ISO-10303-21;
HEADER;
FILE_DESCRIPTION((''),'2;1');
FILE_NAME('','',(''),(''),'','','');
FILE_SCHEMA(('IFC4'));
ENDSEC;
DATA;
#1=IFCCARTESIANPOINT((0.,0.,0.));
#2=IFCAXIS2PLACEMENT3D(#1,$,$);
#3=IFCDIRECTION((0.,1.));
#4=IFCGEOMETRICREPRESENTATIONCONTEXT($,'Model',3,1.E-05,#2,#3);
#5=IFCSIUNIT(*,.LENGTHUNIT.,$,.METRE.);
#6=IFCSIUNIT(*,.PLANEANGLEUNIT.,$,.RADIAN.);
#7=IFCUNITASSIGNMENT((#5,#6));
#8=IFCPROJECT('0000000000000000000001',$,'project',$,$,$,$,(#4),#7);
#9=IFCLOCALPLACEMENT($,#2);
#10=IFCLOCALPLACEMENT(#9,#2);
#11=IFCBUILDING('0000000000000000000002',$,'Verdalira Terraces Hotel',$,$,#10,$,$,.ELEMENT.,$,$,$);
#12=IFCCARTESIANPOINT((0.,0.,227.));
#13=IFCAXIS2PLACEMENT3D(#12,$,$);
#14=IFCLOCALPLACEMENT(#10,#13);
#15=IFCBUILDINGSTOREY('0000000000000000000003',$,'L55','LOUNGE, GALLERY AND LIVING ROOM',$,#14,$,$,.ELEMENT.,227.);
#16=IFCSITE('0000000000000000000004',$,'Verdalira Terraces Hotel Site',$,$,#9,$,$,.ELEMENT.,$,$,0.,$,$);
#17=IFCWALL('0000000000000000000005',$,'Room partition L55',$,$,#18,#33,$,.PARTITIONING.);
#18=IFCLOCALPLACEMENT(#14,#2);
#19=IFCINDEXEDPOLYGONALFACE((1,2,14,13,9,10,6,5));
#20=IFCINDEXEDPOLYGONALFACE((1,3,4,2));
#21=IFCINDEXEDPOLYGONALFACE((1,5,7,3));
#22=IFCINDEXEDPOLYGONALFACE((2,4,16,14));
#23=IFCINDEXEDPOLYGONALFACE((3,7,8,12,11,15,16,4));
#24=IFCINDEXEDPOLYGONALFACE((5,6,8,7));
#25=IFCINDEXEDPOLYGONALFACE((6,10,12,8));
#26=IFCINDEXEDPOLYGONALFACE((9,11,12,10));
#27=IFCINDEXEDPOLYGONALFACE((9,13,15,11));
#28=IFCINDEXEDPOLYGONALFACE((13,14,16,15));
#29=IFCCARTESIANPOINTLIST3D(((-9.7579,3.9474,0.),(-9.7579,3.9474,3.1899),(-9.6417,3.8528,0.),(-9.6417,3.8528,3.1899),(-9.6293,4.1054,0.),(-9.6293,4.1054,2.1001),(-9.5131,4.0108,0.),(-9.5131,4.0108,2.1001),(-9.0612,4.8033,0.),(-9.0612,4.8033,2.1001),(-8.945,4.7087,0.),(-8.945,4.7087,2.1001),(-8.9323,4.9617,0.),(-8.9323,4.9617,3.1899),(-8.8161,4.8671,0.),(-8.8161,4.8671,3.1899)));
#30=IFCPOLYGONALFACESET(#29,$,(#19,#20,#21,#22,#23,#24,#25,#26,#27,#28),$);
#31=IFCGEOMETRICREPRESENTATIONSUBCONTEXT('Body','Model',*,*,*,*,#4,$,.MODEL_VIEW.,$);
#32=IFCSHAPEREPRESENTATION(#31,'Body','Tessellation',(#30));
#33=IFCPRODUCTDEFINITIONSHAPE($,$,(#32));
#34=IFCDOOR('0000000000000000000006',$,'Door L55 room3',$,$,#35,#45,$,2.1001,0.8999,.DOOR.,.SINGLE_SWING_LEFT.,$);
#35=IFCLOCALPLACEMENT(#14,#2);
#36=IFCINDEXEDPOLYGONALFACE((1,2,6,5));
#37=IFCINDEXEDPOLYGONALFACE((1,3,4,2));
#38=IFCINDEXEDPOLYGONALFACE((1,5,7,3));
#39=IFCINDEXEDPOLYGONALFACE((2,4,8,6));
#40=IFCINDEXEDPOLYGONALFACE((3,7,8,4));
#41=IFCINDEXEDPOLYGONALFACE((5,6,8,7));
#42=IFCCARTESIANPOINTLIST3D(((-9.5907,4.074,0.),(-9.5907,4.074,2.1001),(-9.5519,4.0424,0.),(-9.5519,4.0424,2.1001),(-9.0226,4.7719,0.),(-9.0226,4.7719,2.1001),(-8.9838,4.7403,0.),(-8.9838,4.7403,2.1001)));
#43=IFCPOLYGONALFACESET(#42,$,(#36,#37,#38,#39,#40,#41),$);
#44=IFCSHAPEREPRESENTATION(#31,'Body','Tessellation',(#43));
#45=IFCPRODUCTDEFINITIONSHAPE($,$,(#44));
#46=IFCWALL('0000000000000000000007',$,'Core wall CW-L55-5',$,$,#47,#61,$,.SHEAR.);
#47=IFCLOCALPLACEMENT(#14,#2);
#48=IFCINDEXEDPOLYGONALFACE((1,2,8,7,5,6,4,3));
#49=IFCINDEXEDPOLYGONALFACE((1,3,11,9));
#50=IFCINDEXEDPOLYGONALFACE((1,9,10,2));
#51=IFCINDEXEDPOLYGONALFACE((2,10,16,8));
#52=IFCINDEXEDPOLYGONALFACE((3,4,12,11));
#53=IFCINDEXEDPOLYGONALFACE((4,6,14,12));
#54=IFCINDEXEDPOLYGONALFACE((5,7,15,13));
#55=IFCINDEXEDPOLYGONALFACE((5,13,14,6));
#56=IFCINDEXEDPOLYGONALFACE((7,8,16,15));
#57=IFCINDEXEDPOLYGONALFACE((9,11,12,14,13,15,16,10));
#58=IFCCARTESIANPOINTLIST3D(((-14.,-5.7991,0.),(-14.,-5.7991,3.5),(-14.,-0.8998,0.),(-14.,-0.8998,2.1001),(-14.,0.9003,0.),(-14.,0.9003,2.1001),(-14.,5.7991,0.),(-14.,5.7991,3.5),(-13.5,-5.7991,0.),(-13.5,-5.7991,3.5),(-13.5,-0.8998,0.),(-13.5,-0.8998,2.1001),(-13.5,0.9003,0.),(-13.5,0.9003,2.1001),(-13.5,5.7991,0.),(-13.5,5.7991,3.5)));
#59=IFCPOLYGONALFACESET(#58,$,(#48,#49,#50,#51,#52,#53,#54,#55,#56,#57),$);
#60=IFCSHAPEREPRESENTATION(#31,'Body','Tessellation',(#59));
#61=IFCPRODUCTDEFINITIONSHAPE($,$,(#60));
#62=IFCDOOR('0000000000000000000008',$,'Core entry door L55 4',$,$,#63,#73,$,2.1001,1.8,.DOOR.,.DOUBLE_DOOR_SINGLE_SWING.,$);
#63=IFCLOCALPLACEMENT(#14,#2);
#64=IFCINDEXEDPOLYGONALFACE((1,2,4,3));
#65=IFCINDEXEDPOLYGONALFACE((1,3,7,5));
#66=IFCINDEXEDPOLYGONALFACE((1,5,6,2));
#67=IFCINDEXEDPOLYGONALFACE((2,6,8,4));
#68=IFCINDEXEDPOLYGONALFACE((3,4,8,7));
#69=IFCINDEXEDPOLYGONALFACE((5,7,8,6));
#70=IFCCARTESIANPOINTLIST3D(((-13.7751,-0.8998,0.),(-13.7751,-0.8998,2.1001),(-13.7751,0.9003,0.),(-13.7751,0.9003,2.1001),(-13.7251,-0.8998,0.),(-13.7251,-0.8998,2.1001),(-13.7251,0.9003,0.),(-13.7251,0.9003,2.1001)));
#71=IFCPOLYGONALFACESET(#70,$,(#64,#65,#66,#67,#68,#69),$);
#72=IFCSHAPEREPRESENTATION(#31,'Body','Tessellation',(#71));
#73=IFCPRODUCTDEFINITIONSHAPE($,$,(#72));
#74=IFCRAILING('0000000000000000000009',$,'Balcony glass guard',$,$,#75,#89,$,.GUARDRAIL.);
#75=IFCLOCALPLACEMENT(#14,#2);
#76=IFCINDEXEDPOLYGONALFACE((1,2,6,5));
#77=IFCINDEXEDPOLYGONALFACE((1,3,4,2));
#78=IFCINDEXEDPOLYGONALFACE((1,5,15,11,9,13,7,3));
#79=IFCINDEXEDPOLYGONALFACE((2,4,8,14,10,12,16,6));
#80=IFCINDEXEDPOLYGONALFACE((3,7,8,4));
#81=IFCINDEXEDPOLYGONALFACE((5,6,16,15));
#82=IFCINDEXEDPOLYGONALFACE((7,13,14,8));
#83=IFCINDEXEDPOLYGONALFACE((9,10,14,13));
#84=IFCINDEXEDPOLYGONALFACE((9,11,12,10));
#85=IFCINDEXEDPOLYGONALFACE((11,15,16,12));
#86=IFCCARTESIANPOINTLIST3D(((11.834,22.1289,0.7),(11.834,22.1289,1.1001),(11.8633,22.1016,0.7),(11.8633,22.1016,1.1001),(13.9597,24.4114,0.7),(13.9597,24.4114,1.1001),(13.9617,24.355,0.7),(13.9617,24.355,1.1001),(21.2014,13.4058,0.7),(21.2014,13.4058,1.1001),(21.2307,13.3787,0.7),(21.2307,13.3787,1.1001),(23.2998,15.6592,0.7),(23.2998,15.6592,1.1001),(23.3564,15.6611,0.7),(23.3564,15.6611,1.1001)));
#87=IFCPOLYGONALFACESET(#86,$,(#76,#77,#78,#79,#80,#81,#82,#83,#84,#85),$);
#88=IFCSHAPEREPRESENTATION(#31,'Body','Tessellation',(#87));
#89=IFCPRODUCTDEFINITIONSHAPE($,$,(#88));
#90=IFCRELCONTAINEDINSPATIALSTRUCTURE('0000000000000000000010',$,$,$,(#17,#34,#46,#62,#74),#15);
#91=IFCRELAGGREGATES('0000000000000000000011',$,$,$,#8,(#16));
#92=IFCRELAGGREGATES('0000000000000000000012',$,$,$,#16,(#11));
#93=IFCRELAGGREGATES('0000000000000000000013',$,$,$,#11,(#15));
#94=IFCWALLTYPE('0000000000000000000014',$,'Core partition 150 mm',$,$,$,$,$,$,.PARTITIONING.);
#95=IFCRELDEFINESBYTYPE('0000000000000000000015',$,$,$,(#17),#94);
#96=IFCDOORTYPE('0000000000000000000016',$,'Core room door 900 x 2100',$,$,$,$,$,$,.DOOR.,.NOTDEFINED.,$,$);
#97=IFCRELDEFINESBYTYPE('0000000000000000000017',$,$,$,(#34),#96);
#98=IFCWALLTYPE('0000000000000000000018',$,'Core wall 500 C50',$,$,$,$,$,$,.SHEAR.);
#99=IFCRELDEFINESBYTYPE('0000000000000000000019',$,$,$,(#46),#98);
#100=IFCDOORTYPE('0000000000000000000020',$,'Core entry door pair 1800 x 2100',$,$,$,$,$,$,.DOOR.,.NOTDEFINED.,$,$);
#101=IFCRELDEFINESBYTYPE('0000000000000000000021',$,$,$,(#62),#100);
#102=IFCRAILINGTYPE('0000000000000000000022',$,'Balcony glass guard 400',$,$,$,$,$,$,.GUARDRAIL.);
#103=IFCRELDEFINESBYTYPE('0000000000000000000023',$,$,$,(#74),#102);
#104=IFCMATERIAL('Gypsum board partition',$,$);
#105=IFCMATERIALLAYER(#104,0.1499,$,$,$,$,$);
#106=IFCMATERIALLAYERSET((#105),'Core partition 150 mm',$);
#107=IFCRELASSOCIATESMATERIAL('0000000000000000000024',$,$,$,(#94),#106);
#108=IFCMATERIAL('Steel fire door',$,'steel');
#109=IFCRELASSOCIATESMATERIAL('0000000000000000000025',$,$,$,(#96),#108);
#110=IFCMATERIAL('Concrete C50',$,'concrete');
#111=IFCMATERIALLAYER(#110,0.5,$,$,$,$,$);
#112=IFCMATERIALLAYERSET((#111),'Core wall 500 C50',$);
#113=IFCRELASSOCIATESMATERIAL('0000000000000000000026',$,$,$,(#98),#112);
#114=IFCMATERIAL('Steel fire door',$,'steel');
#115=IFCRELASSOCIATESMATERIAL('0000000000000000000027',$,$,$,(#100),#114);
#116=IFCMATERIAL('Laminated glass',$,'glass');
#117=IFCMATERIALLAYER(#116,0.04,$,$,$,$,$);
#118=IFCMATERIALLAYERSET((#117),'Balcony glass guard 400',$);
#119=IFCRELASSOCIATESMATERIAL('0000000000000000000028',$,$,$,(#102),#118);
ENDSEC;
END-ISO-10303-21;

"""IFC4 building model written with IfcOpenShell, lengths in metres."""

from ifc_helpers import new_model, si_unit, direction, frame, frame_2d, origin, place, context, subcontext, project, spatial, polyline, rectangle, outline, extrude, material, layer, layer_set, type_object, element, fill, save


model = new_model("IFC4")

# Units and contexts
model_context = context("Model", 3, precision=1e-05, world=origin(), true_north=direction((0.0, 1.0)))
body_context = subcontext(model_context, "Body", "Model", "MODEL_VIEW")
ifc_project = project(units=[si_unit("LENGTHUNIT", "METRE"), si_unit("PLANEANGLEUNIT", "RADIAN")], contexts=[model_context])

# Site, building, storey
site_placement = place(None, origin())
site = spatial("IfcSite", under=ifc_project, at=site_placement, Name="Verdalira Terraces Hotel Site", CompositionType="ELEMENT", RefElevation=0.0)
building_placement = place(site_placement, origin())
building = spatial("IfcBuilding", under=site, at=building_placement, Name="Verdalira Terraces Hotel", CompositionType="ELEMENT")
storey_placement = place(building_placement, frame((0.0, 0.0, 227.0)))
storey = spatial("IfcBuildingStorey", under=building, at=storey_placement, Name="L55", Description="LOUNGE, GALLERY AND LIVING ROOM", CompositionType="ELEMENT", Elevation=227.0)

# Walls, openings, doors
ifc_material_1 = material(Name="Gypsum board partition")
ifc_layer_1 = layer(ifc_material_1, 0.1499)
ifc_layer_set_1 = layer_set([ifc_layer_1], Name="Core partition 150 mm")
wall_type_1 = type_object("IfcWallType", Name="Core partition 150 mm", PredefinedType="PARTITIONING", material=ifc_layer_set_1)
wall_1_placement = place(storey_placement, frame((-8.8743, 4.9143, 0.0), z_axis=(0.0, 0.0, 1.0), x_axis=(-0.631274, -0.77556, 0.0)))
wall_1 = element("IfcWall", 1, at=wall_1_placement, inside=storey, type_object=wall_type_1, Name="Room partition L55", PredefinedType="PARTITIONING", context=body_context, shape_type="SweptSolid", body=[
    extrude(rectangle(XDim=1.3079, YDim=0.1499, at=frame_2d((0.6538, 0.0))), origin(), (0.0, 0.0, 1.0), 3.1899),
])
opening_1_placement = place(wall_1_placement, frame((0.2041, 0.0, 0.0)))
opening_1 = element("IfcOpeningElement", 2, at=opening_1_placement, cuts=wall_1, PredefinedType="OPENING", context=body_context, shape_type="SweptSolid", body=[
    extrude(rectangle(XDim=0.8999, YDim=2.1001, at=frame_2d((0.45, 1.05))), frame((0.0, 0.085, 0.0), z_axis=(0.0, -1.0, 0.0), x_axis=(1.0, 0.0, 0.0)), (0.0, 0.0, 1.0), 0.1699),
])
ifc_material_2 = material(Name="Steel fire door", Category="steel")
door_type_1 = type_object("IfcDoorType", Name="Core room door 900 x 2100", OperationType="NOTDEFINED", PredefinedType="DOOR", material=ifc_material_2)
door_1_placement = place(opening_1_placement, origin())
door_1 = element("IfcDoor", 3, at=door_1_placement, inside=storey, type_object=door_type_1, Name="Door L55 room3", OperationType="SINGLE_SWING_LEFT", OverallHeight=2.1001, OverallWidth=0.8999, PredefinedType="DOOR", context=body_context, shape_type="SweptSolid", body=[
    extrude(rectangle(XDim=0.8999, YDim=2.1001, at=frame_2d((0.45, 1.05))), frame((0.0, 0.0249, 0.0), z_axis=(0.0, -1.0, 0.0), x_axis=(1.0, 0.0, 0.0)), (0.0, 0.0, 1.0), 0.05),
])
fill(opening_1, door_1)
ifc_material_3 = material(Name="Concrete C50", Category="concrete")
ifc_layer_2 = layer(ifc_material_3, 0.5)
ifc_layer_set_2 = layer_set([ifc_layer_2], Name="Core wall 500 C50")
wall_type_2 = type_object("IfcWallType", Name="Core wall 500 C50", PredefinedType="SHEAR", material=ifc_layer_set_2)
wall_2_placement = place(storey_placement, frame((-13.75, 5.7991, 0.0), z_axis=(0.0, 0.0, 1.0), x_axis=(0.0, -1.0, 0.0)))
wall_2 = element("IfcWall", 4, at=wall_2_placement, inside=storey, type_object=wall_type_2, Name="Core wall CW-L55-5", PredefinedType="SHEAR", context=body_context, shape_type="SweptSolid", body=[
    extrude(rectangle(XDim=11.5981, YDim=0.5, at=frame_2d((5.7991, 0.0))), origin(), (0.0, 0.0, 1.0), 3.5),
])
opening_2_placement = place(wall_2_placement, frame((4.8989, 0.0, 0.0)))
opening_2 = element("IfcOpeningElement", 5, at=opening_2_placement, cuts=wall_2, PredefinedType="OPENING", context=body_context, shape_type="SweptSolid", body=[
    extrude(rectangle(XDim=1.8, YDim=2.1001, at=frame_2d((0.8999, 1.05))), frame((0.0, 0.26, 0.0), z_axis=(0.0, -1.0, 0.0), x_axis=(1.0, 0.0, 0.0)), (0.0, 0.0, 1.0), 0.52),
])
ifc_material_4 = material(Name="Steel fire door", Category="steel")
door_type_2 = type_object("IfcDoorType", Name="Core entry door pair 1800 x 2100", OperationType="NOTDEFINED", PredefinedType="DOOR", material=ifc_material_4)
door_2_placement = place(opening_2_placement, origin())
door_2 = element("IfcDoor", 6, at=door_2_placement, inside=storey, type_object=door_type_2, Name="Core entry door L55 4", OperationType="DOUBLE_DOOR_SINGLE_SWING", OverallHeight=2.1001, OverallWidth=1.8, PredefinedType="DOOR", context=body_context, shape_type="SweptSolid", body=[
    extrude(rectangle(XDim=1.8, YDim=2.1001, at=frame_2d((0.8999, 1.05))), frame((0.0, 0.0249, 0.0), z_axis=(0.0, -1.0, 0.0), x_axis=(1.0, 0.0, 0.0)), (0.0, 0.0, 1.0), 0.05),
])
fill(opening_2, door_2)

# Railing
ifc_material_5 = material(Name="Laminated glass", Category="glass")
ifc_layer_3 = layer(ifc_material_5, 0.04)
ifc_layer_set_3 = layer_set([ifc_layer_3], Name="Balcony glass guard 400")
railing_type = type_object("IfcRailingType", Name="Balcony glass guard 400", PredefinedType="GUARDRAIL", material=ifc_layer_set_3)
railing_placement = place(storey_placement, frame((0.0, 0.0, 0.7)))
element("IfcRailing", 7, at=railing_placement, inside=storey, type_object=railing_type, Name="Balcony glass guard", PredefinedType="GUARDRAIL", context=body_context, shape_type="SweptSolid", body=[
    extrude(outline(polyline([(23.2998, 15.6592), (13.9617, 24.355), (11.8633, 22.1016), (11.834, 22.1289), (13.9597, 24.4114), (23.3564, 15.6611), (21.2307, 13.3787), (21.2014, 13.4058), (23.2998, 15.6592)])), origin(), (0.0, 0.0, 1.0), 0.4001),
])

save(model, "model.ifc")
